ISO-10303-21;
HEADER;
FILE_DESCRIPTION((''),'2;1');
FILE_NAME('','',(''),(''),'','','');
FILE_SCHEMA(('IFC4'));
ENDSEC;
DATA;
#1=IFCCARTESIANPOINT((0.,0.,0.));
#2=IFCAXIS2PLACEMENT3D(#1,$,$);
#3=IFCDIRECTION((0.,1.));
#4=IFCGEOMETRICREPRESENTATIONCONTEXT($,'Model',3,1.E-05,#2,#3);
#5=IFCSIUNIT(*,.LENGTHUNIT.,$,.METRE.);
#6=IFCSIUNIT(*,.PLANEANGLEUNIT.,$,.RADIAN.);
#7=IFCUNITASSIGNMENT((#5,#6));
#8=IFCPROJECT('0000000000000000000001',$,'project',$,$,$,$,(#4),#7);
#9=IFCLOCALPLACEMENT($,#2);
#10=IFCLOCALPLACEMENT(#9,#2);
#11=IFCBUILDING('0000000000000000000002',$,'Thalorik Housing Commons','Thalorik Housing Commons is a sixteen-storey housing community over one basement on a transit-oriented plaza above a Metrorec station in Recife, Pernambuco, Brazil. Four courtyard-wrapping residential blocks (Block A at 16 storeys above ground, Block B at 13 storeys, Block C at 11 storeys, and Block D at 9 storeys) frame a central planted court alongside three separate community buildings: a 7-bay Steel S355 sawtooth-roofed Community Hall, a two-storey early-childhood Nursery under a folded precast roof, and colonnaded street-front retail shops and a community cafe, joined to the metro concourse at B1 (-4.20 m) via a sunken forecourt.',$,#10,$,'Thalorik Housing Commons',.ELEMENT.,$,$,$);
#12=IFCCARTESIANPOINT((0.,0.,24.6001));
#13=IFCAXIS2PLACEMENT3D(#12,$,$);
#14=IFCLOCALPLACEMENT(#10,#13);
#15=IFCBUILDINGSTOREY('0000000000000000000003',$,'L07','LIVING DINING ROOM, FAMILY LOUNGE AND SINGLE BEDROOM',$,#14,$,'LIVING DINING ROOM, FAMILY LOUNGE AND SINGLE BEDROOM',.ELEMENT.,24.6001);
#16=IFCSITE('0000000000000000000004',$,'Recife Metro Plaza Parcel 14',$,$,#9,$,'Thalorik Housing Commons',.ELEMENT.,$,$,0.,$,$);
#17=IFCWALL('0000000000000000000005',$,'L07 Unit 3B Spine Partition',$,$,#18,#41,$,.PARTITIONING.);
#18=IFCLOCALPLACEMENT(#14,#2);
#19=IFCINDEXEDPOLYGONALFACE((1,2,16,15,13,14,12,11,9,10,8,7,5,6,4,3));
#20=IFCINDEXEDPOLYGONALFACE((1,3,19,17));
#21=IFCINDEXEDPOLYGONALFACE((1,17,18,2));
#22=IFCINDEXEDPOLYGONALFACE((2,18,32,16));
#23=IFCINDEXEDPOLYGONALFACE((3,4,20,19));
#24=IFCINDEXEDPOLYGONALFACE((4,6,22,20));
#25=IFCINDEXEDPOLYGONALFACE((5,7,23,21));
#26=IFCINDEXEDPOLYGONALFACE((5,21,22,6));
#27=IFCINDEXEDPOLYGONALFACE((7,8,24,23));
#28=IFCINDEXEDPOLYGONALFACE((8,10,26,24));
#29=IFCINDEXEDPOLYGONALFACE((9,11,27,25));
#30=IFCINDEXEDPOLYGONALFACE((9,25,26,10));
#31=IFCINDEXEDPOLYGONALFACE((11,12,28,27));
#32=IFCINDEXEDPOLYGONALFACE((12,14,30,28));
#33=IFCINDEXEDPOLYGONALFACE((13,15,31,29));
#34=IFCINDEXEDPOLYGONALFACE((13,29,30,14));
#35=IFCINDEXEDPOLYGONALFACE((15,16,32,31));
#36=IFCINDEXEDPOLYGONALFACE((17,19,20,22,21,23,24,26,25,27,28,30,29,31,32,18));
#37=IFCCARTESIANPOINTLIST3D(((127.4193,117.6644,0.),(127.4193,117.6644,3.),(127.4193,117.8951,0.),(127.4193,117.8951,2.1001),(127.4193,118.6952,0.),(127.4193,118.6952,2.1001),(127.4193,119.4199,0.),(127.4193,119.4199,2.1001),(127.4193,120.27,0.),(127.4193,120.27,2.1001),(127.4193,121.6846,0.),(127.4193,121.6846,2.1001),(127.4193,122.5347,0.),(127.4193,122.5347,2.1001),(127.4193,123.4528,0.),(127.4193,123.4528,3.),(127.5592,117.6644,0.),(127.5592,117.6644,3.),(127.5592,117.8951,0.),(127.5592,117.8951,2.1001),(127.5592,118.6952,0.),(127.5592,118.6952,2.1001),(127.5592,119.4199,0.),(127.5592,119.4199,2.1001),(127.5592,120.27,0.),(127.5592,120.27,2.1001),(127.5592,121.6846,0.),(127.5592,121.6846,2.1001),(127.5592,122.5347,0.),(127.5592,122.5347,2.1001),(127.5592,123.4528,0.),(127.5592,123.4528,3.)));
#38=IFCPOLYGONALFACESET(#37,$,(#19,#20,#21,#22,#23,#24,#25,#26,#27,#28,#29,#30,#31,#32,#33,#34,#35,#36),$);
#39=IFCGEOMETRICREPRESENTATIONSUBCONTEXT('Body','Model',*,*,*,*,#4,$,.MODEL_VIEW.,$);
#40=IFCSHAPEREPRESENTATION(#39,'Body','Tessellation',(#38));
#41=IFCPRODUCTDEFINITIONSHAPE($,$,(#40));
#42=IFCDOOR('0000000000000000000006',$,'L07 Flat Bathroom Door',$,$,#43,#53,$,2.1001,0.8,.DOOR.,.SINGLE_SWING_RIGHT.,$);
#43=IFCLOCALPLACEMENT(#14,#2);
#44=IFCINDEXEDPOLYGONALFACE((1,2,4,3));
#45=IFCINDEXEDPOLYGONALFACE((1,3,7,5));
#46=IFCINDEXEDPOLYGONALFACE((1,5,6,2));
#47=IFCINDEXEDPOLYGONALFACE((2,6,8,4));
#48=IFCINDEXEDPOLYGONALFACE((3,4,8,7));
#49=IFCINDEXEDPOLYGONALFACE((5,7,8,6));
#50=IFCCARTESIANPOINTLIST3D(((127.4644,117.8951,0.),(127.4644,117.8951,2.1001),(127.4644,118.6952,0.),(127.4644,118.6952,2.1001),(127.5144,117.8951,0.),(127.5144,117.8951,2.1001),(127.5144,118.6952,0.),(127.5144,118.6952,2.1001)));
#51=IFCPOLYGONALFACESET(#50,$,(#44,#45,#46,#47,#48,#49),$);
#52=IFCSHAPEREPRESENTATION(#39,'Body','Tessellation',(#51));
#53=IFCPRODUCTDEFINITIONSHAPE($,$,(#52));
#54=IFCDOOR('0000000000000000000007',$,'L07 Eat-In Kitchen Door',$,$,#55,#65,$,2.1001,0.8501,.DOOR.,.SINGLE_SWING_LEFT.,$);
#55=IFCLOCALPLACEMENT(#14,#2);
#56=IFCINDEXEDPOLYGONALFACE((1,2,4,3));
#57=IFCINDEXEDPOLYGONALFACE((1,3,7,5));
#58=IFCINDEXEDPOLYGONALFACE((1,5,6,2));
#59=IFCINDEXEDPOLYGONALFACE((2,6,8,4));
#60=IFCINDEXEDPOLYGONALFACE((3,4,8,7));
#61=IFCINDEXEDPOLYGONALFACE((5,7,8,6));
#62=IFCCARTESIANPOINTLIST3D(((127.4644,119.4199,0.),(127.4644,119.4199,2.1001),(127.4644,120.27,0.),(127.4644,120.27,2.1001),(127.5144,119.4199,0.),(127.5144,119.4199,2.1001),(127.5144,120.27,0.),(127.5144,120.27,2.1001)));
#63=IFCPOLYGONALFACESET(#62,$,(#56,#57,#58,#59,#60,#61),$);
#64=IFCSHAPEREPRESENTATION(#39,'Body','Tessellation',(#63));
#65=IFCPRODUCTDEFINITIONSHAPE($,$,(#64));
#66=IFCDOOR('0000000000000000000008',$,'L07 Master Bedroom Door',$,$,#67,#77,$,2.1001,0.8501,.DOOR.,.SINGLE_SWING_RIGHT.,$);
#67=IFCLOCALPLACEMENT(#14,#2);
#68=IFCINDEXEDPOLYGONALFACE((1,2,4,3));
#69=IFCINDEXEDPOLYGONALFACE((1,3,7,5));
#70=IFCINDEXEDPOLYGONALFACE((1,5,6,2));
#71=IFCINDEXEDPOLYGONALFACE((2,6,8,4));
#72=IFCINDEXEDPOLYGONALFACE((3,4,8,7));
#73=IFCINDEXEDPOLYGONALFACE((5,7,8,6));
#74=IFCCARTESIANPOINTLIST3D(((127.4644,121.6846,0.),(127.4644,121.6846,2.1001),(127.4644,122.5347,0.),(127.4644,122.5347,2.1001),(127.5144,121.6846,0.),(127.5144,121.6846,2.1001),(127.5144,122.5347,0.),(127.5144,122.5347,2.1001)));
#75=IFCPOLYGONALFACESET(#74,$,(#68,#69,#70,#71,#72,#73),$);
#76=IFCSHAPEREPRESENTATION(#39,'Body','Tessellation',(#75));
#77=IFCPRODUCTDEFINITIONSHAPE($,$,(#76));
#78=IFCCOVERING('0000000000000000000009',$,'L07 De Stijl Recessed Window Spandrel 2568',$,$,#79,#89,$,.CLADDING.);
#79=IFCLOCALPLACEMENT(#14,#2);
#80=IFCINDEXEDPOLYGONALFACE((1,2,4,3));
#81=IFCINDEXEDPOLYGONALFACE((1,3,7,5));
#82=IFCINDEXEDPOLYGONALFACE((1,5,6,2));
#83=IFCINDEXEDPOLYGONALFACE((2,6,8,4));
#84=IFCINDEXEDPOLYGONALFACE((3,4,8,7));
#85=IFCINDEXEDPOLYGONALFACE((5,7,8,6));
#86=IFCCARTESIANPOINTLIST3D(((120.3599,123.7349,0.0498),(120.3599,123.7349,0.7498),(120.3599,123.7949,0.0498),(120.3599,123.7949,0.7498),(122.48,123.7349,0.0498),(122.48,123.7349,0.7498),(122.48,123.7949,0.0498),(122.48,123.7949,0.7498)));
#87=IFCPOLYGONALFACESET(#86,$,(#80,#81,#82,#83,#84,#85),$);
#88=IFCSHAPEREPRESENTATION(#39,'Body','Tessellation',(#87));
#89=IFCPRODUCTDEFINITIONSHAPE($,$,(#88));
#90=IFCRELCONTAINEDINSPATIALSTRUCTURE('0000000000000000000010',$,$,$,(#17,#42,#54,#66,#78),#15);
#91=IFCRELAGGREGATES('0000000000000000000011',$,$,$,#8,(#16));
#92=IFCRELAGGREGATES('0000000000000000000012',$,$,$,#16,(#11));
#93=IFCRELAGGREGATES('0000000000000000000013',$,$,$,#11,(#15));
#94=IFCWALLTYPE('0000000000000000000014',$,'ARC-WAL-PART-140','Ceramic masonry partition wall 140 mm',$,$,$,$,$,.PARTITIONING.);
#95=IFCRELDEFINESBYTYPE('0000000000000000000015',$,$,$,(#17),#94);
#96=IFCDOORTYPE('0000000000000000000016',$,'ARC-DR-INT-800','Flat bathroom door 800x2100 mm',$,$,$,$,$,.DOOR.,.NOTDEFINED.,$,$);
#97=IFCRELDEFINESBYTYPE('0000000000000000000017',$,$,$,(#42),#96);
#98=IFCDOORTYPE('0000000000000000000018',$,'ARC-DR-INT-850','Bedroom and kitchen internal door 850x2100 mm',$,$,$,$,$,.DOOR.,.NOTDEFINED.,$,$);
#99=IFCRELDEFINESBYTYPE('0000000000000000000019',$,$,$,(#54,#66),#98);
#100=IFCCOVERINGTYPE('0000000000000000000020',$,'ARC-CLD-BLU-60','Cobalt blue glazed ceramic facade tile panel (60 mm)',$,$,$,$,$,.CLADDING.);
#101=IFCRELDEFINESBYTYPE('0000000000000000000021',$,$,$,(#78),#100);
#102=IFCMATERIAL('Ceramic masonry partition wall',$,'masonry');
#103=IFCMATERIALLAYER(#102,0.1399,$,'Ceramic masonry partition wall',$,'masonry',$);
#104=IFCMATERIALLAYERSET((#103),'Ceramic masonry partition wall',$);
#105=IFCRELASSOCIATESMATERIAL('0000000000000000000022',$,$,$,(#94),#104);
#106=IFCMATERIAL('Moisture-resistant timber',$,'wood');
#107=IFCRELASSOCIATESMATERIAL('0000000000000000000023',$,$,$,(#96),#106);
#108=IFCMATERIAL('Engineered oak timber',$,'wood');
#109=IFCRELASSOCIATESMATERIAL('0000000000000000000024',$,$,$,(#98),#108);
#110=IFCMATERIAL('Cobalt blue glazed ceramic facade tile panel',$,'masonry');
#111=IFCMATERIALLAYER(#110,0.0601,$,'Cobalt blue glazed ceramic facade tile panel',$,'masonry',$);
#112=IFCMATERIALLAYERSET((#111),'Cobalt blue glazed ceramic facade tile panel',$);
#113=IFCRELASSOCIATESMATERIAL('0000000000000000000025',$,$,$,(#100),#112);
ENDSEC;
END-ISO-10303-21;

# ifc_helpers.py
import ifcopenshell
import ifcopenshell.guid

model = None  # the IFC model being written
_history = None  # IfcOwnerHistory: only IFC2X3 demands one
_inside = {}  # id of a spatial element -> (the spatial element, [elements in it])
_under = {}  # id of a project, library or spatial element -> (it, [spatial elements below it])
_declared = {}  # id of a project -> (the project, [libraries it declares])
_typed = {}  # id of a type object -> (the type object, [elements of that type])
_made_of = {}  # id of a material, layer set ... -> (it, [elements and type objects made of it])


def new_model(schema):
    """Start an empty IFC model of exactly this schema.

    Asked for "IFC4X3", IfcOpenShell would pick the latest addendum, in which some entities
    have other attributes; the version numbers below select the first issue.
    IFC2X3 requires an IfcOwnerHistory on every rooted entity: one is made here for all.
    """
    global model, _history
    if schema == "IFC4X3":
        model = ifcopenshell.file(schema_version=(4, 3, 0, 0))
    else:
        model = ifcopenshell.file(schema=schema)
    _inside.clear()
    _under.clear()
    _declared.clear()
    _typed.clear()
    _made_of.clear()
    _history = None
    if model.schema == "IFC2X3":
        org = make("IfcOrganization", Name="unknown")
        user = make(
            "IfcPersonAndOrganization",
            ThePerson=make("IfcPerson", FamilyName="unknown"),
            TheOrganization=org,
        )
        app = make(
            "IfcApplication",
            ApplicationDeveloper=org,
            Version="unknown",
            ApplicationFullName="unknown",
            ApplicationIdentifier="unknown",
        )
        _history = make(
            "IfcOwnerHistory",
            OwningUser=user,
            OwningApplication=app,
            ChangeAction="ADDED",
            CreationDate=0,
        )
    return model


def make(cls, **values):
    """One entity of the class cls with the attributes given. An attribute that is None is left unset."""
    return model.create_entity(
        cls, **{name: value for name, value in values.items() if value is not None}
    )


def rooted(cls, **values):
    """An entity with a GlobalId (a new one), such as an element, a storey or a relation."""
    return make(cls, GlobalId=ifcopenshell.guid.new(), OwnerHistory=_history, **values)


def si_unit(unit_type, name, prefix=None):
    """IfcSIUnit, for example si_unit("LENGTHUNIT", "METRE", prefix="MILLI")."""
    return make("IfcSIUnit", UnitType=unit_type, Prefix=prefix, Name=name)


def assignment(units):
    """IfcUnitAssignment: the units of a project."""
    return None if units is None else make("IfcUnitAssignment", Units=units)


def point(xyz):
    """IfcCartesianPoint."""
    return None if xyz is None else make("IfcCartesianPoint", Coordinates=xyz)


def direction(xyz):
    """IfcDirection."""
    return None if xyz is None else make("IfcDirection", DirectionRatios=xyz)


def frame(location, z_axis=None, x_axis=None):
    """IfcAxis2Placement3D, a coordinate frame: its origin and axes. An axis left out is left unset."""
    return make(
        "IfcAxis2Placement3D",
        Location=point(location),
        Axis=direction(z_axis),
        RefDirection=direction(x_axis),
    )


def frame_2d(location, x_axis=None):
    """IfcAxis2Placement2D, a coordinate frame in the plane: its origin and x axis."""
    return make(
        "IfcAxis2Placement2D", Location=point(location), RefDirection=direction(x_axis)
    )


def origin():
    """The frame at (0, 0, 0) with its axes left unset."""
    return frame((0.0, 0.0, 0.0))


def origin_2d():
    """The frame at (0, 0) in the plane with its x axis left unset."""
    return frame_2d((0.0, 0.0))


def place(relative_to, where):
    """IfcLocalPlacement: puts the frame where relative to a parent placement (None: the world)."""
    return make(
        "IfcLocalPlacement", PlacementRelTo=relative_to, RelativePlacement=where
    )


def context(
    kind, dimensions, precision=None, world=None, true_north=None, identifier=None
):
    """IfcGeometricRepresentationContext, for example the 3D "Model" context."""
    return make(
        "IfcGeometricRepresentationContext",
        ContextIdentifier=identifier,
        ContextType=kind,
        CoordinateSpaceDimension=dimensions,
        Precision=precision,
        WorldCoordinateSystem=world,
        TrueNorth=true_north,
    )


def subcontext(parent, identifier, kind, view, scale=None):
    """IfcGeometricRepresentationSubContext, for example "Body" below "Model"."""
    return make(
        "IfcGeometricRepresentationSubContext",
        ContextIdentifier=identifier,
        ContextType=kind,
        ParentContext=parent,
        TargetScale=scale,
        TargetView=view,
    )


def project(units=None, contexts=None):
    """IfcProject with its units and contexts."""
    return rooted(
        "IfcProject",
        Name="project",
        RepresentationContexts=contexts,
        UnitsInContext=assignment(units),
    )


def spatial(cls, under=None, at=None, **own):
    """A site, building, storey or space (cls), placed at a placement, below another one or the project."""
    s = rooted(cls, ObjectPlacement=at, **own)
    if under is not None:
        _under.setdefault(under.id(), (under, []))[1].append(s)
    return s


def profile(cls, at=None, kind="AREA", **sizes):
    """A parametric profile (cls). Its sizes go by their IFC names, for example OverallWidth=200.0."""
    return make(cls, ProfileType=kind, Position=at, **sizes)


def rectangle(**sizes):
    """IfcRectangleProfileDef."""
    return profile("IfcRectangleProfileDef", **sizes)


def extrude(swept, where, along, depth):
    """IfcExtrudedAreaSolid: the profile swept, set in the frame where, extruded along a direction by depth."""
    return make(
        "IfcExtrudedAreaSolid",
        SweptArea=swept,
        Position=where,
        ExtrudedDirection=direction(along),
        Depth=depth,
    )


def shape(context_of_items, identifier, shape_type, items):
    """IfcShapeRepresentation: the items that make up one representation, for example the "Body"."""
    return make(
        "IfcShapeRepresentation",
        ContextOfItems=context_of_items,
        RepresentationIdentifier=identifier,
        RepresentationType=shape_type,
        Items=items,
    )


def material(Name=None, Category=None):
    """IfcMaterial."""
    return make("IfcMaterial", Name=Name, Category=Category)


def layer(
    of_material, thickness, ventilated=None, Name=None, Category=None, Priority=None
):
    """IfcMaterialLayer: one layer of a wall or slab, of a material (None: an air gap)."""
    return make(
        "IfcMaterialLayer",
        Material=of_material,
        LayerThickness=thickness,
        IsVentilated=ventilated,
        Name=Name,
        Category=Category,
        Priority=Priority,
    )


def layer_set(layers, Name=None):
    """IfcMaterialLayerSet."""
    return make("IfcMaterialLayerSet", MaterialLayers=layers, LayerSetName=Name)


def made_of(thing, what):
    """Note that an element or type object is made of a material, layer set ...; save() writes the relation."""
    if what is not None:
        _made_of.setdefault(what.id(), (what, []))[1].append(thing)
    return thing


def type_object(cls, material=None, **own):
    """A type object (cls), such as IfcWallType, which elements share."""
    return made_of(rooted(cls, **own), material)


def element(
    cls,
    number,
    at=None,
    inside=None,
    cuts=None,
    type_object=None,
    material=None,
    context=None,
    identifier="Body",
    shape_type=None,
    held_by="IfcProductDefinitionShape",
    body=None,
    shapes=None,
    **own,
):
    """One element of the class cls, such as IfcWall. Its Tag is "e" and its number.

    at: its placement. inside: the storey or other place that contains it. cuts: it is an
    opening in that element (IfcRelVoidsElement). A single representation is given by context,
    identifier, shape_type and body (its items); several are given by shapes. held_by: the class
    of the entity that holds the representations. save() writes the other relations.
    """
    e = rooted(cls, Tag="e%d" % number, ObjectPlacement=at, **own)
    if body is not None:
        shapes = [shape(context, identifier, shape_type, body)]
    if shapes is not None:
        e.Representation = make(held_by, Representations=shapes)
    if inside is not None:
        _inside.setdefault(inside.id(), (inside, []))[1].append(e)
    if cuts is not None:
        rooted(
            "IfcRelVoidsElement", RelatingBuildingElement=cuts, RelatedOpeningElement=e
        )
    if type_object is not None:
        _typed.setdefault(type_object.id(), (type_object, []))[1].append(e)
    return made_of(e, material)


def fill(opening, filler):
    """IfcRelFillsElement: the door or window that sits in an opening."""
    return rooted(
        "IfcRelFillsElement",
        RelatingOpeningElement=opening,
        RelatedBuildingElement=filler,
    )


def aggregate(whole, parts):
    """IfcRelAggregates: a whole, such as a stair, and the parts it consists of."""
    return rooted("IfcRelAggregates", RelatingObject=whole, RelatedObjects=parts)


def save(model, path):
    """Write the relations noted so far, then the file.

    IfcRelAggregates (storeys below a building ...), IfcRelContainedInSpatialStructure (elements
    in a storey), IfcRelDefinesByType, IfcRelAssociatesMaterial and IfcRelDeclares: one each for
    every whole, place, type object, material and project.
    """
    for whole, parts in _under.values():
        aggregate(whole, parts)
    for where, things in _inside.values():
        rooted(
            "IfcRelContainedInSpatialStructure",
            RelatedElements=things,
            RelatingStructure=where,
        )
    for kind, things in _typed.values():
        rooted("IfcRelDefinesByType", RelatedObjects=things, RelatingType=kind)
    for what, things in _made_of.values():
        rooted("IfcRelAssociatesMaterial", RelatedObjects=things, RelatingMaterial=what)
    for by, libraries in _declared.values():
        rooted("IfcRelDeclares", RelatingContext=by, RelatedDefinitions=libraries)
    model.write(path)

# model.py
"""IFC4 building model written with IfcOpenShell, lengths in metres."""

from ifc_helpers import new_model, si_unit, direction, frame, frame_2d, origin, origin_2d, place, context, subcontext, project, spatial, rectangle, extrude, material, layer, layer_set, type_object, element, fill, save


model = new_model("IFC4")

# Units and contexts
model_context = context("Model", 3, precision=1e-05, world=origin(), true_north=direction((0.0, 1.0)))
body_context = subcontext(model_context, "Body", "Model", "MODEL_VIEW")
ifc_project = project(units=[si_unit("LENGTHUNIT", "METRE"), si_unit("PLANEANGLEUNIT", "RADIAN")], contexts=[model_context])

# Site, building, storey
site_placement = place(None, origin())
site = spatial("IfcSite", under=ifc_project, at=site_placement, Name="Recife Metro Plaza Parcel 14", LongName="Thalorik Housing Commons", CompositionType="ELEMENT", RefElevation=0.0)
building_placement = place(site_placement, origin())
building = spatial("IfcBuilding", under=site, at=building_placement, Name="Thalorik Housing Commons", Description="Thalorik Housing Commons is a sixteen-storey housing community over one basement on a transit-oriented plaza above a Metrorec station in Recife, Pernambuco, Brazil. Four courtyard-wrapping residential blocks (Block A at 16 storeys above ground, Block B at 13 storeys, Block C at 11 storeys, and Block D at 9 storeys) frame a central planted court alongside three separate community buildings: a 7-bay Steel S355 sawtooth-roofed Community Hall, a two-storey early-childhood Nursery under a folded precast roof, and colonnaded street-front retail shops and a community cafe, joined to the metro concourse at B1 (-4.20 m) via a sunken forecourt.", LongName="Thalorik Housing Commons", CompositionType="ELEMENT")
storey_placement = place(building_placement, frame((0.0, 0.0, 24.6001)))
storey = spatial("IfcBuildingStorey", under=building, at=storey_placement, Name="L07", Description="LIVING DINING ROOM, FAMILY LOUNGE AND SINGLE BEDROOM", LongName="LIVING DINING ROOM, FAMILY LOUNGE AND SINGLE BEDROOM", CompositionType="ELEMENT", Elevation=24.6001)

# Wall, openings, doors
ifc_material_1 = material(Name="Ceramic masonry partition wall", Category="masonry")
ifc_layer_1 = layer(ifc_material_1, 0.1399, Name="Ceramic masonry partition wall", Category="masonry")
ifc_layer_set_1 = layer_set([ifc_layer_1], Name="Ceramic masonry partition wall")
wall_type_1 = type_object("IfcWallType", Name="ARC-WAL-PART-140", Description="Ceramic masonry partition wall 140 mm", PredefinedType="PARTITIONING", material=ifc_layer_set_1)
wall_1_placement = place(storey_placement, frame((127.4893, 117.6646, 0.0), z_axis=(0.0, 0.0, 1.0), x_axis=(0.0, 1.0, 0.0)))
wall_1 = element("IfcWall", 1, at=wall_1_placement, inside=storey, type_object=wall_type_1, Name="L07 Unit 3B Spine Partition", PredefinedType="PARTITIONING", context=body_context, shape_type="SweptSolid", body=[
    extrude(rectangle(XDim=5.7883, YDim=0.1399, at=frame_2d((2.894, 0.0))), origin(), (0.0, 0.0, 1.0), 3.0),
])
opening_1_placement = place(wall_1_placement, frame((0.2307, 0.0, 0.0)))
opening_1 = element("IfcOpeningElement", 2, at=opening_1_placement, cuts=wall_1, PredefinedType="OPENING", context=body_context, shape_type="SweptSolid", body=[
    extrude(rectangle(XDim=0.8, YDim=2.1001, at=frame_2d((0.3999, 1.05))), frame((0.0, 0.0801, 0.0), z_axis=(0.0, -1.0, 0.0), x_axis=(1.0, 0.0, 0.0)), (0.0, 0.0, 1.0), 0.1599),
])
opening_2_placement = place(wall_1_placement, frame((1.7554, 0.0, 0.0)))
opening_2 = element("IfcOpeningElement", 3, at=opening_2_placement, cuts=wall_1, PredefinedType="OPENING", context=body_context, shape_type="SweptSolid", body=[
    extrude(rectangle(XDim=0.8501, YDim=2.1001, at=frame_2d((0.425, 1.05))), frame((0.0, 0.0801, 0.0), z_axis=(0.0, -1.0, 0.0), x_axis=(1.0, 0.0, 0.0)), (0.0, 0.0, 1.0), 0.1599),
])
opening_3_placement = place(wall_1_placement, frame((4.02, 0.0, 0.0)))
opening_3 = element("IfcOpeningElement", 4, at=opening_3_placement, cuts=wall_1, PredefinedType="OPENING", context=body_context, shape_type="SweptSolid", body=[
    extrude(rectangle(XDim=0.8501, YDim=2.1001, at=frame_2d((0.425, 1.05))), frame((0.0, 0.0801, 0.0), z_axis=(0.0, -1.0, 0.0), x_axis=(1.0, 0.0, 0.0)), (0.0, 0.0, 1.0), 0.1599),
])
ifc_material_2 = material(Name="Moisture-resistant timber", Category="wood")
door_type_1 = type_object("IfcDoorType", Name="ARC-DR-INT-800", Description="Flat bathroom door 800x2100 mm", OperationType="NOTDEFINED", PredefinedType="DOOR", material=ifc_material_2)
door_1_placement = place(opening_1_placement, origin())
door_1 = element("IfcDoor", 5, at=door_1_placement, inside=storey, type_object=door_type_1, Name="L07 Flat Bathroom Door", OperationType="SINGLE_SWING_RIGHT", OverallHeight=2.1001, OverallWidth=0.8, PredefinedType="DOOR", context=body_context, shape_type="SweptSolid", body=[
    extrude(rectangle(XDim=0.8, YDim=2.1001, at=frame_2d((0.3999, 1.05))), frame((0.0, 0.0249, 0.0), z_axis=(0.0, -1.0, 0.0), x_axis=(1.0, 0.0, 0.0)), (0.0, 0.0, 1.0), 0.05),
])
fill(opening_1, door_1)
ifc_material_3 = material(Name="Engineered oak timber", Category="wood")
door_type_2 = type_object("IfcDoorType", Name="ARC-DR-INT-850", Description="Bedroom and kitchen internal door 850x2100 mm", OperationType="NOTDEFINED", PredefinedType="DOOR", material=ifc_material_3)
door_2_placement = place(opening_2_placement, origin())
door_2 = element("IfcDoor", 6, at=door_2_placement, inside=storey, type_object=door_type_2, Name="L07 Eat-In Kitchen Door", OperationType="SINGLE_SWING_LEFT", OverallHeight=2.1001, OverallWidth=0.8501, PredefinedType="DOOR", context=body_context, shape_type="SweptSolid", body=[
    extrude(rectangle(XDim=0.8501, YDim=2.1001, at=frame_2d((0.425, 1.05))), frame((0.0, 0.0249, 0.0), z_axis=(0.0, -1.0, 0.0), x_axis=(1.0, 0.0, 0.0)), (0.0, 0.0, 1.0), 0.05),
])
fill(opening_2, door_2)
door_3_placement = place(opening_3_placement, origin())
door_3 = element("IfcDoor", 7, at=door_3_placement, inside=storey, type_object=door_type_2, Name="L07 Master Bedroom Door", OperationType="SINGLE_SWING_RIGHT", OverallHeight=2.1001, OverallWidth=0.8501, PredefinedType="DOOR", context=body_context, shape_type="SweptSolid", body=[
    extrude(rectangle(XDim=0.8501, YDim=2.1001, at=frame_2d((0.425, 1.05))), frame((0.0, 0.0249, 0.0), z_axis=(0.0, -1.0, 0.0), x_axis=(1.0, 0.0, 0.0)), (0.0, 0.0, 1.0), 0.05),
])
fill(opening_3, door_3)

# Covering
ifc_material_4 = material(Name="Cobalt blue glazed ceramic facade tile panel", Category="masonry")
ifc_layer_2 = layer(ifc_material_4, 0.0601, Name="Cobalt blue glazed ceramic facade tile panel", Category="masonry")
ifc_layer_set_2 = layer_set([ifc_layer_2], Name="Cobalt blue glazed ceramic facade tile panel")
covering_type_1 = type_object("IfcCoveringType", Name="ARC-CLD-BLU-60", Description="Cobalt blue glazed ceramic facade tile panel (60 mm)", PredefinedType="CLADDING", material=ifc_layer_set_2)
covering_1_placement = place(storey_placement, frame((121.4199, 123.7649, 0.0498), z_axis=(0.0, 0.0, 1.0), x_axis=(-1.0, 0.0, 0.0)))
element("IfcCovering", 8, at=covering_1_placement, inside=storey, type_object=covering_type_1, Name="L07 De Stijl Recessed Window Spandrel 2568", PredefinedType="CLADDING", context=body_context, shape_type="SweptSolid", body=[
    extrude(rectangle(XDim=2.1201, YDim=0.0601, at=origin_2d()), origin(), (0.0, 0.0, 1.0), 0.7),
])

save(model, "model.ifc")
